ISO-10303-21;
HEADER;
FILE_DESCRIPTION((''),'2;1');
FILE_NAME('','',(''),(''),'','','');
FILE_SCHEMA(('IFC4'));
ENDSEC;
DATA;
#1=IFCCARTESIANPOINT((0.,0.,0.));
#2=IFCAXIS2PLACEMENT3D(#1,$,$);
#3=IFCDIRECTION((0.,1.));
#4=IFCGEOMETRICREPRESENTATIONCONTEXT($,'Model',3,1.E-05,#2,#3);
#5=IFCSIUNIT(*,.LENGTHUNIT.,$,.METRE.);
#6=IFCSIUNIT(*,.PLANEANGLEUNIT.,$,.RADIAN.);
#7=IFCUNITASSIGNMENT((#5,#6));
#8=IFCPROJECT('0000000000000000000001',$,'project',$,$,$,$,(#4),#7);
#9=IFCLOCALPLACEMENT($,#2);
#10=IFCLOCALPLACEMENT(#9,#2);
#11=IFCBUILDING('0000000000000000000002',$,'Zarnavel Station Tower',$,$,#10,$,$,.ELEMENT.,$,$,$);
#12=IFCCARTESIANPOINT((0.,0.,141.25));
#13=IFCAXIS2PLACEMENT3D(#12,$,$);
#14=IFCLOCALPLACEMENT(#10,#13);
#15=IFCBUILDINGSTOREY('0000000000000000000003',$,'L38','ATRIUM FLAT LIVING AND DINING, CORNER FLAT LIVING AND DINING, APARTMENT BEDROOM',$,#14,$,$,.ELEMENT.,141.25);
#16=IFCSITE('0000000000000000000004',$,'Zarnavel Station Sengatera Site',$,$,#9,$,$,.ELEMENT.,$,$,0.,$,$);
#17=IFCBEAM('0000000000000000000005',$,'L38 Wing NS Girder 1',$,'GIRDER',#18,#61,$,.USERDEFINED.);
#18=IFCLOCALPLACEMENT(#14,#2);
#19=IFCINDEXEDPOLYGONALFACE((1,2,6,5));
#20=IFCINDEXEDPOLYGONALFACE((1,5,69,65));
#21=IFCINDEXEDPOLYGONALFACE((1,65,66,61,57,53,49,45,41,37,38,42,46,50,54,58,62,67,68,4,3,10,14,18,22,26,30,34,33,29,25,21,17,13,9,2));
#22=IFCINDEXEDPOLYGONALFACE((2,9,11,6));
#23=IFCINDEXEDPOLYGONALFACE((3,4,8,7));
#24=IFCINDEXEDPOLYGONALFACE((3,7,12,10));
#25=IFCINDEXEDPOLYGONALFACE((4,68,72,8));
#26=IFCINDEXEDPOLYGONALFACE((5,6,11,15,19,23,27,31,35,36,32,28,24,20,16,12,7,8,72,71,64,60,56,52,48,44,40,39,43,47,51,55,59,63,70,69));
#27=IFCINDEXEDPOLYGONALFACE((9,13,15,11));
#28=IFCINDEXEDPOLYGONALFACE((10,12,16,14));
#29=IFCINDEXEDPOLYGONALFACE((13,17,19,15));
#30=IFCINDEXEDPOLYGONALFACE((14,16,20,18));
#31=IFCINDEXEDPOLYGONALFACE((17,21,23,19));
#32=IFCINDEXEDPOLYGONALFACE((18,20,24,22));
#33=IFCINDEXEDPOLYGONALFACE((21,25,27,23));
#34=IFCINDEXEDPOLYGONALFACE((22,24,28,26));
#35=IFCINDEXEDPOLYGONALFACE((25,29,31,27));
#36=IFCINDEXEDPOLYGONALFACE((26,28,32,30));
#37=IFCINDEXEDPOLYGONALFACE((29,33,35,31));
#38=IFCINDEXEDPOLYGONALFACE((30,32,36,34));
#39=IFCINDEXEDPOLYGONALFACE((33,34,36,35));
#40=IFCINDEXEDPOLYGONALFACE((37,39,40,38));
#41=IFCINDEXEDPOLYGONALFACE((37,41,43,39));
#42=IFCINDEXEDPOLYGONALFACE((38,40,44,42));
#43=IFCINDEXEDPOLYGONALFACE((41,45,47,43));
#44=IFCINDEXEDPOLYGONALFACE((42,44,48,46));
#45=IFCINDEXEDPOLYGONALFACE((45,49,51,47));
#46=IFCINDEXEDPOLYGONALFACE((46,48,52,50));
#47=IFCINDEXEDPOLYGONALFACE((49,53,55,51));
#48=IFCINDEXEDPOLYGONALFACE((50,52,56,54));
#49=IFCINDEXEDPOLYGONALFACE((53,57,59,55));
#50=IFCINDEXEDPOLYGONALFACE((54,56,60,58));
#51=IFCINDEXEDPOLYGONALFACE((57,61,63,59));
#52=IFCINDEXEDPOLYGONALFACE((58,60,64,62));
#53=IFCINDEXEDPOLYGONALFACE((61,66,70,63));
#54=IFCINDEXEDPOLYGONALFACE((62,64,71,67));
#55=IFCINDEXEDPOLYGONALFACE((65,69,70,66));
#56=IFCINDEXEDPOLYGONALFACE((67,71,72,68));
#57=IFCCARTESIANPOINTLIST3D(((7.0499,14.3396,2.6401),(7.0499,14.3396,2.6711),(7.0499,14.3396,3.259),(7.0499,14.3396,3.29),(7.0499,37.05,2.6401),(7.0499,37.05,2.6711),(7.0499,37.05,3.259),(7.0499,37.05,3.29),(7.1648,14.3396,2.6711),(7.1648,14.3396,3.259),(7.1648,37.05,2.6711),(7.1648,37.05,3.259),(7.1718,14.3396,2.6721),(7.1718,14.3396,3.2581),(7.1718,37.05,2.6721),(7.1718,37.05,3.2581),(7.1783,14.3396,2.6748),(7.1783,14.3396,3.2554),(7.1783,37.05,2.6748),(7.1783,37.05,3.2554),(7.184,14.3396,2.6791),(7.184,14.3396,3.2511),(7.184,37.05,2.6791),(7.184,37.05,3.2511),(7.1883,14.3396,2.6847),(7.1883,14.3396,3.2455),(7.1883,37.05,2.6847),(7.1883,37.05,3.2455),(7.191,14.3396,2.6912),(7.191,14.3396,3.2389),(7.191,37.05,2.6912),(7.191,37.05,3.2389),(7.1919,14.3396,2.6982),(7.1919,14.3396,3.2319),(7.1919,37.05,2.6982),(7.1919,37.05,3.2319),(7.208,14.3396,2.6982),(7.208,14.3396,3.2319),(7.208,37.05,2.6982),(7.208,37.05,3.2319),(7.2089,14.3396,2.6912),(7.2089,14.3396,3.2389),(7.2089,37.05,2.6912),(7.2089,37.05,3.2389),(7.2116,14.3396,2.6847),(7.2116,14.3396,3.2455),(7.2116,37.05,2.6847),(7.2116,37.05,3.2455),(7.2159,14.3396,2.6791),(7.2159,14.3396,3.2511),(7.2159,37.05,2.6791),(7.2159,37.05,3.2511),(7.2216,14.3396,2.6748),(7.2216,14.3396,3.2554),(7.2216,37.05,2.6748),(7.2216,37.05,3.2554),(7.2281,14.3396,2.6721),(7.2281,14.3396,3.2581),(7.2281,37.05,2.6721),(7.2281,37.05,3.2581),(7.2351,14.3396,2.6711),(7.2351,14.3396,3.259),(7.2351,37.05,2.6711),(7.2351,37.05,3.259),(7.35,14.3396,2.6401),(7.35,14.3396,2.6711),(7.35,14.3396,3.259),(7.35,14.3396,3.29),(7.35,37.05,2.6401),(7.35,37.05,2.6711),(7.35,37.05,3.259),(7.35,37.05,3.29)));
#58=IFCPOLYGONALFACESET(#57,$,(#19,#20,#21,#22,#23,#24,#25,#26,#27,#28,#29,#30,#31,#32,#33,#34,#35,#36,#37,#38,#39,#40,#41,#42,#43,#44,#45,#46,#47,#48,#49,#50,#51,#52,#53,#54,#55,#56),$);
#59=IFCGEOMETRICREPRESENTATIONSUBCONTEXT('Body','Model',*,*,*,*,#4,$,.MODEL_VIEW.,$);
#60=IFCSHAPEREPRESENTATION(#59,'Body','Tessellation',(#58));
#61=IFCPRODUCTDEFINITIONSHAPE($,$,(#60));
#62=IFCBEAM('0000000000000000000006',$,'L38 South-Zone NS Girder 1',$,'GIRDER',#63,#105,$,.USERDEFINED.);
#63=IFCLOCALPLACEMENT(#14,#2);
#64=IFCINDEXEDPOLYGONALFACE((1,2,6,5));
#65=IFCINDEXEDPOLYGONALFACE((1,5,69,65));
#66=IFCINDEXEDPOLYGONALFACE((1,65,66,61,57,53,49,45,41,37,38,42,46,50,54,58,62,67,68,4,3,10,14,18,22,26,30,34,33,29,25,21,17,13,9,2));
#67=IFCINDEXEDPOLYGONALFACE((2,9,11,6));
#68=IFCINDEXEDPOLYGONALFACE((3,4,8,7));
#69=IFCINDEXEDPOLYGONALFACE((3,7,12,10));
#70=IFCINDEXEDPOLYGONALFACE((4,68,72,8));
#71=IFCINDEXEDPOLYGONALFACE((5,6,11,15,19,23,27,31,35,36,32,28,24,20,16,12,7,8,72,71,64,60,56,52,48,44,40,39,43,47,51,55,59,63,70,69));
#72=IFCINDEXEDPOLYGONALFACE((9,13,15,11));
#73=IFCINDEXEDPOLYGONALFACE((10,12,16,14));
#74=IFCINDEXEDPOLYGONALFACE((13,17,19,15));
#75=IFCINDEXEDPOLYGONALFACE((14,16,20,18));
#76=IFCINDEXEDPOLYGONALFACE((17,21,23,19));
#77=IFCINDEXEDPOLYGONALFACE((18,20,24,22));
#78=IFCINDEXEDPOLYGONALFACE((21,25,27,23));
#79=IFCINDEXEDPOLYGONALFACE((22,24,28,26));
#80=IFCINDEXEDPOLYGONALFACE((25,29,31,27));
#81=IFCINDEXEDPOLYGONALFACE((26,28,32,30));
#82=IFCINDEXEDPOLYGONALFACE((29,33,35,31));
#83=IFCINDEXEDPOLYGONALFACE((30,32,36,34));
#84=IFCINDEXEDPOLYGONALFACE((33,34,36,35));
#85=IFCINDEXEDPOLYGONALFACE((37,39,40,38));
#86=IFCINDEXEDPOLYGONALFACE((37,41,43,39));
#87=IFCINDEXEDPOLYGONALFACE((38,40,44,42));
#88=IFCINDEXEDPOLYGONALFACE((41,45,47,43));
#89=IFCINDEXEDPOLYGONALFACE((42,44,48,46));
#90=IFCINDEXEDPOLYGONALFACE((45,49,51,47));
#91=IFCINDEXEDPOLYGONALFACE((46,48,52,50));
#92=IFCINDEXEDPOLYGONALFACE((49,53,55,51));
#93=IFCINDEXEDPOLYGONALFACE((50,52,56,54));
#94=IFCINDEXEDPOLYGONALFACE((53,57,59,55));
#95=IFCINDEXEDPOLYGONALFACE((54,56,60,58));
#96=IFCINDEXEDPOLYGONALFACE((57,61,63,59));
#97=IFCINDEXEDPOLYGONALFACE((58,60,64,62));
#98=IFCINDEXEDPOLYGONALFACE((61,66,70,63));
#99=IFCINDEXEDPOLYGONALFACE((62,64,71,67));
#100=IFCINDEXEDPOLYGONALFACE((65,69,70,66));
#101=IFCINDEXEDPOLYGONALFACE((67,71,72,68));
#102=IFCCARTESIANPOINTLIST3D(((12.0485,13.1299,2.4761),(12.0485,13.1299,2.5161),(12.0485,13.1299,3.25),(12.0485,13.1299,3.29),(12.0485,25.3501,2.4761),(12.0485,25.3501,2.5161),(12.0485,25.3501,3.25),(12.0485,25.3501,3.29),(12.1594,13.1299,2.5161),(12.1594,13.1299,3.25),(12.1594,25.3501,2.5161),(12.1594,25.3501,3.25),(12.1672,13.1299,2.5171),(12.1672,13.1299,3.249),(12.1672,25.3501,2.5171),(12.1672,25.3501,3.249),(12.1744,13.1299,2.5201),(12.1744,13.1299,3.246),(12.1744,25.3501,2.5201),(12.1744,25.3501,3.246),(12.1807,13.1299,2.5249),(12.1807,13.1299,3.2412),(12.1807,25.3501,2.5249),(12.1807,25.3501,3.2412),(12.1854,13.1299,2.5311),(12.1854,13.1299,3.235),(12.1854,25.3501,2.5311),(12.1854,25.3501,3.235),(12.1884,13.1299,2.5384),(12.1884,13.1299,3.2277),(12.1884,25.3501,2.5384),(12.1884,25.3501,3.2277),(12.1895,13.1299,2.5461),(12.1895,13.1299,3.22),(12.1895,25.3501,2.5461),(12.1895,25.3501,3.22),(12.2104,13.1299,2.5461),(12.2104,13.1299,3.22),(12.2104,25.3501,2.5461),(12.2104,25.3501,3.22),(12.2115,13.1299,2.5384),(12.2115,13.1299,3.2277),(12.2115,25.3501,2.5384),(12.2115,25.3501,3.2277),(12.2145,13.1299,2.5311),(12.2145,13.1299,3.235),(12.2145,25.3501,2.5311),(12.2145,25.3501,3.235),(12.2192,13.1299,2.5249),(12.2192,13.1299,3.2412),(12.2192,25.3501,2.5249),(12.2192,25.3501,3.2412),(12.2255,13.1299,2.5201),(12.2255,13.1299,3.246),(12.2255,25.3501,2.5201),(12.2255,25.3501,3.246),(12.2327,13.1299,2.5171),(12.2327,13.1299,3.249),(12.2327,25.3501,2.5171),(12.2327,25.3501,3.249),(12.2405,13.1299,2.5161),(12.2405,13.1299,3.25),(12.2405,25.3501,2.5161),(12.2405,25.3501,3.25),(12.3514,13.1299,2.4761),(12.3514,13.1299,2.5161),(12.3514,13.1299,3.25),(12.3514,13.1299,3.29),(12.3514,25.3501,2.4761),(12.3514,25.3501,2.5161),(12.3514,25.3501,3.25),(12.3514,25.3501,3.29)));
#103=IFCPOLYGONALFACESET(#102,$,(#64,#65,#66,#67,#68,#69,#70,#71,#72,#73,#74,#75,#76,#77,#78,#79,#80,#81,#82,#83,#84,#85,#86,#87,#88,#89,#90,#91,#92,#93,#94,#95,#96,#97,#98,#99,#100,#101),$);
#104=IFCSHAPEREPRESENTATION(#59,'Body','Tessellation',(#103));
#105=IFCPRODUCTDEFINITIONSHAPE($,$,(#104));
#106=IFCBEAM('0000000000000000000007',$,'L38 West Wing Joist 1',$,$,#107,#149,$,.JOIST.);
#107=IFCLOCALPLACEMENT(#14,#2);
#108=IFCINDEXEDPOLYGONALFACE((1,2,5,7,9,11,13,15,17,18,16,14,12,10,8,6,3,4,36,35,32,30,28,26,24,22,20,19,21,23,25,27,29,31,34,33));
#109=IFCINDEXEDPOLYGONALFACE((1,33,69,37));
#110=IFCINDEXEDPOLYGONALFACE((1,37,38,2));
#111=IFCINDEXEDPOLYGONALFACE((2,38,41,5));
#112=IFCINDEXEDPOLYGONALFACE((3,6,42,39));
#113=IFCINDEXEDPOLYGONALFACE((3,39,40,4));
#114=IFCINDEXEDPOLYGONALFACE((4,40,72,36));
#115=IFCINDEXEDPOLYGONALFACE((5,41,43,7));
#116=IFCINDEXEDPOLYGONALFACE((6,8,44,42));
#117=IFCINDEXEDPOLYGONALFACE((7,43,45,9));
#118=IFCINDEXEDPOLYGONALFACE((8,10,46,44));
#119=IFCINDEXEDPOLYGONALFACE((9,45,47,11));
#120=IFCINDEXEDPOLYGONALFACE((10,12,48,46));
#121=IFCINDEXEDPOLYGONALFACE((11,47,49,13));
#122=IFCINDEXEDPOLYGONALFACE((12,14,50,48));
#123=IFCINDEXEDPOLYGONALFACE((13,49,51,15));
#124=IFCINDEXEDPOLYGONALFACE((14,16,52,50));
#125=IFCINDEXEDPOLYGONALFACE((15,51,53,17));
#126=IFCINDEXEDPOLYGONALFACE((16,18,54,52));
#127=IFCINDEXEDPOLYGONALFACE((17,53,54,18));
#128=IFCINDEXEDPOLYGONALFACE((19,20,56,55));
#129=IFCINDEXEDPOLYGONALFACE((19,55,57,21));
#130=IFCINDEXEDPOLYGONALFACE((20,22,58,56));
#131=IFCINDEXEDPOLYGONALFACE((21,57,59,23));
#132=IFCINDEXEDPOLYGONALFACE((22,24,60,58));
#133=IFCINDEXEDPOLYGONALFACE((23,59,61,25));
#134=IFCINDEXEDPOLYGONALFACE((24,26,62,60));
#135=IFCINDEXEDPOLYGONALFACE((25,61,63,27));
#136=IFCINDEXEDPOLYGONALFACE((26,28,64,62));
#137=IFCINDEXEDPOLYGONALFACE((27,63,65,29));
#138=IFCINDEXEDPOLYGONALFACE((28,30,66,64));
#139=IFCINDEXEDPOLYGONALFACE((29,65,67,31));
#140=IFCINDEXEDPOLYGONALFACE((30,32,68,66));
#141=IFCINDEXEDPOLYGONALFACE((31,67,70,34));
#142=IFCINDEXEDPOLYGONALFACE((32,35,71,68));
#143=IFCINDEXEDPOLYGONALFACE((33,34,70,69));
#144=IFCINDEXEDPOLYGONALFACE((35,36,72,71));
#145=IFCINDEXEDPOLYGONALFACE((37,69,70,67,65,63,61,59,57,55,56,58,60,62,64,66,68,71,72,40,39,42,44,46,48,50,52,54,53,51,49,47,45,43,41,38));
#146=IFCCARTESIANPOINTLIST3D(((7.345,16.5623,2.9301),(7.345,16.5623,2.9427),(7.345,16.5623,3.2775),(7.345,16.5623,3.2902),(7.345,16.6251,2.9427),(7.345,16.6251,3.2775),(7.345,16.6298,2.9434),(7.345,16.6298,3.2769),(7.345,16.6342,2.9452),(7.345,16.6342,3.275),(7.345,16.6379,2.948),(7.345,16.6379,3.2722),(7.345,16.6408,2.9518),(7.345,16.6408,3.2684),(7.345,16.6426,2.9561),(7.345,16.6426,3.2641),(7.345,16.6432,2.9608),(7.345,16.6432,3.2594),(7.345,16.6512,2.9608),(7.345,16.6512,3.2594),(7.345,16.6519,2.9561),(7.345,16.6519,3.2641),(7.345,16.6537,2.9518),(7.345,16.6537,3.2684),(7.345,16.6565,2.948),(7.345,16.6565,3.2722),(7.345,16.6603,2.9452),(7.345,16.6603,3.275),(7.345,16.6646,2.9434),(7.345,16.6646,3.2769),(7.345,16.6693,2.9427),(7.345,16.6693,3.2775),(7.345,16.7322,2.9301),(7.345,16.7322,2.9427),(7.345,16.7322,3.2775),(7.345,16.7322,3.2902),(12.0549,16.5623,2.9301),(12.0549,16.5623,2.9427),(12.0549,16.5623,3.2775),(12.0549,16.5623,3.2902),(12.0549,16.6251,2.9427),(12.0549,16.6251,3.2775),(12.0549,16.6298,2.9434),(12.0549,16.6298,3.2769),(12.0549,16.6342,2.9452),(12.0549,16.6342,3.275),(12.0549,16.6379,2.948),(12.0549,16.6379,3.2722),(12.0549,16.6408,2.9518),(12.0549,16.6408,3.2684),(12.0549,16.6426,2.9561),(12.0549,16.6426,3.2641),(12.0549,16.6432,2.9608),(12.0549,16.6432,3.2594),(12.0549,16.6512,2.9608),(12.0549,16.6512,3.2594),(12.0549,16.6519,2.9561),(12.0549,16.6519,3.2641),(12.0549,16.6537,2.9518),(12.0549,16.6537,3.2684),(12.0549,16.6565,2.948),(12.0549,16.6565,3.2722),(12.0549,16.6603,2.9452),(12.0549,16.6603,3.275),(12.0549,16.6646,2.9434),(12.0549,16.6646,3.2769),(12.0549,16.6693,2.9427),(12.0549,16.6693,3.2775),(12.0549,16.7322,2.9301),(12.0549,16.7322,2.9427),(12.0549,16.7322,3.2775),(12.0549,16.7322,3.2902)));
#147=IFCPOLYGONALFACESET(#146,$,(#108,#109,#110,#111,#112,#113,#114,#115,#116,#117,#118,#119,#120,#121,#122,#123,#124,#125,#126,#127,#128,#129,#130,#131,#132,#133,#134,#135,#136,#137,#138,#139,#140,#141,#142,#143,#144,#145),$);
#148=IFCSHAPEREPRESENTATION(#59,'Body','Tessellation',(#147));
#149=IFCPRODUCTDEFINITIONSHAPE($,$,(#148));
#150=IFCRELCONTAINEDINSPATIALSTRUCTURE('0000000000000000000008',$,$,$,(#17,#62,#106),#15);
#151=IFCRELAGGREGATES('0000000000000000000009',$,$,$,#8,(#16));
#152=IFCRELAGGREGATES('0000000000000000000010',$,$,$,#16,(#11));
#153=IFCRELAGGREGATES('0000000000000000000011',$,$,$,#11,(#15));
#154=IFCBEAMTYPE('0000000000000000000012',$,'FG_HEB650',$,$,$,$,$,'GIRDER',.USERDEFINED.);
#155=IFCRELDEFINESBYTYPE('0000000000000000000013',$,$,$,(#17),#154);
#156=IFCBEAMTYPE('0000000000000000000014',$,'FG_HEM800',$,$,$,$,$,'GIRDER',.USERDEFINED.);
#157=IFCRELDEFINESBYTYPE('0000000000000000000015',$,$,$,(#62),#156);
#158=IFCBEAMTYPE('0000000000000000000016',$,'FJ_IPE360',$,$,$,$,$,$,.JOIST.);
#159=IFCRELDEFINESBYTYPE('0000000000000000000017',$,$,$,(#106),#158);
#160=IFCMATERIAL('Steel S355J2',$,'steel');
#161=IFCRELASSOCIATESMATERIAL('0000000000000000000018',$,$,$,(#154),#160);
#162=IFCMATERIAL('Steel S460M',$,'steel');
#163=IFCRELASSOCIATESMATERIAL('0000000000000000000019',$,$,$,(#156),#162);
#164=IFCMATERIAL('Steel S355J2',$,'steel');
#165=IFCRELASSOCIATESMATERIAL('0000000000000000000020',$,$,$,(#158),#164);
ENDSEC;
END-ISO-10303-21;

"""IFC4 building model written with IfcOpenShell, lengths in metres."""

from ifc_helpers import new_model, si_unit, direction, frame, origin, origin_2d, place, context, subcontext, project, spatial, i_section, extrude, material, material_profile, profile_set, type_object, element, save


model = new_model("IFC4")

# Units and contexts
model_context = context("Model", 3, precision=1e-05, world=origin(), true_north=direction((0.0, 1.0)))
body_context = subcontext(model_context, "Body", "Model", "MODEL_VIEW")
ifc_project = project(units=[si_unit("LENGTHUNIT", "METRE"), si_unit("PLANEANGLEUNIT", "RADIAN")], contexts=[model_context])

# Site, building, storey
site_placement = place(None, origin())
site = spatial("IfcSite", under=ifc_project, at=site_placement, Name="Zarnavel Station Sengatera Site", CompositionType="ELEMENT", RefElevation=0.0)
building_placement = place(site_placement, origin())
building = spatial("IfcBuilding", under=site, at=building_placement, Name="Zarnavel Station Tower", CompositionType="ELEMENT")
storey_placement = place(building_placement, frame((0.0, 0.0, 141.25)))
storey = spatial("IfcBuildingStorey", under=building, at=storey_placement, Name="L38", Description="ATRIUM FLAT LIVING AND DINING, CORNER FLAT LIVING AND DINING, APARTMENT BEDROOM", CompositionType="ELEMENT", Elevation=141.25)

# Beams
ifc_material_1 = material(Name="Steel S355J2", Category="steel")
ifc_material_profile_1 = material_profile(ifc_material_1, i_section(OverallWidth=0.3, OverallDepth=0.6499, WebThickness=0.0161, FlangeThickness=0.031, FilletRadius=0.0271, at=origin_2d()), Name="HEB650")
ifc_profile_set_1 = profile_set([ifc_material_profile_1], Name="Steel S355J2")
beam_type_1 = type_object("IfcBeamType", Name="FG_HEB650", ElementType="GIRDER", PredefinedType="USERDEFINED", material=ifc_profile_set_1)
beam_1_placement = place(storey_placement, frame((7.2, 14.3396, 2.9651), z_axis=(0.0, 1.0, 0.0), x_axis=(-1.0, 0.0, 0.0)))
element("IfcBeam", 1, at=beam_1_placement, inside=storey, type_object=beam_type_1, Name="L38 Wing NS Girder 1", ObjectType="GIRDER", PredefinedType="USERDEFINED", context=body_context, shape_type="SweptSolid", body=[
    extrude(i_section(OverallWidth=0.3, OverallDepth=0.6499, WebThickness=0.0161, FlangeThickness=0.031, FilletRadius=0.0271, at=origin_2d()), origin(), (0.0, 0.0, 1.0), 22.7104),
])
ifc_material_2 = material(Name="Steel S460M", Category="steel")
ifc_material_profile_2 = material_profile(ifc_material_2, i_section(OverallWidth=0.303, OverallDepth=0.814, WebThickness=0.021, FlangeThickness=0.04, FilletRadius=0.03, at=origin_2d()), Name="HEM800")
ifc_profile_set_2 = profile_set([ifc_material_profile_2], Name="Steel S460M")
beam_type_2 = type_object("IfcBeamType", Name="FG_HEM800", ElementType="GIRDER", PredefinedType="USERDEFINED", material=ifc_profile_set_2)
beam_2_placement = place(storey_placement, frame((12.2, 13.1299, 2.8831), z_axis=(0.0, 1.0, 0.0), x_axis=(-1.0, 0.0, 0.0)))
element("IfcBeam", 2, at=beam_2_placement, inside=storey, type_object=beam_type_2, Name="L38 South-Zone NS Girder 1", ObjectType="GIRDER", PredefinedType="USERDEFINED", context=body_context, shape_type="SweptSolid", body=[
    extrude(i_section(OverallWidth=0.303, OverallDepth=0.814, WebThickness=0.021, FlangeThickness=0.04, FilletRadius=0.03, at=origin_2d()), origin(), (0.0, 0.0, 1.0), 12.2202),
])
ifc_material_3 = material(Name="Steel S355J2", Category="steel")
ifc_material_profile_3 = material_profile(ifc_material_3, i_section(OverallWidth=0.1699, OverallDepth=0.3601, WebThickness=0.0081, FlangeThickness=0.0127, FilletRadius=0.0181, at=origin_2d()), Name="IPE360")
ifc_profile_set_3 = profile_set([ifc_material_profile_3], Name="Steel S355J2")
beam_type_3 = type_object("IfcBeamType", Name="FJ_IPE360", PredefinedType="JOIST", material=ifc_profile_set_3)
beam_3_placement = place(storey_placement, frame((7.345, 16.6472, 3.1101), z_axis=(1.0, 0.0, 0.0), x_axis=(0.0, 1.0, 0.0)))
element("IfcBeam", 3, at=beam_3_placement, inside=storey, type_object=beam_type_3, Name="L38 West Wing Joist 1", PredefinedType="JOIST", context=body_context, shape_type="SweptSolid", body=[
    extrude(i_section(OverallWidth=0.1699, OverallDepth=0.3601, WebThickness=0.0081, FlangeThickness=0.0127, FilletRadius=0.0181, at=origin_2d()), origin(), (0.0, 0.0, 1.0), 4.71),
])

save(model, "model.ifc")
